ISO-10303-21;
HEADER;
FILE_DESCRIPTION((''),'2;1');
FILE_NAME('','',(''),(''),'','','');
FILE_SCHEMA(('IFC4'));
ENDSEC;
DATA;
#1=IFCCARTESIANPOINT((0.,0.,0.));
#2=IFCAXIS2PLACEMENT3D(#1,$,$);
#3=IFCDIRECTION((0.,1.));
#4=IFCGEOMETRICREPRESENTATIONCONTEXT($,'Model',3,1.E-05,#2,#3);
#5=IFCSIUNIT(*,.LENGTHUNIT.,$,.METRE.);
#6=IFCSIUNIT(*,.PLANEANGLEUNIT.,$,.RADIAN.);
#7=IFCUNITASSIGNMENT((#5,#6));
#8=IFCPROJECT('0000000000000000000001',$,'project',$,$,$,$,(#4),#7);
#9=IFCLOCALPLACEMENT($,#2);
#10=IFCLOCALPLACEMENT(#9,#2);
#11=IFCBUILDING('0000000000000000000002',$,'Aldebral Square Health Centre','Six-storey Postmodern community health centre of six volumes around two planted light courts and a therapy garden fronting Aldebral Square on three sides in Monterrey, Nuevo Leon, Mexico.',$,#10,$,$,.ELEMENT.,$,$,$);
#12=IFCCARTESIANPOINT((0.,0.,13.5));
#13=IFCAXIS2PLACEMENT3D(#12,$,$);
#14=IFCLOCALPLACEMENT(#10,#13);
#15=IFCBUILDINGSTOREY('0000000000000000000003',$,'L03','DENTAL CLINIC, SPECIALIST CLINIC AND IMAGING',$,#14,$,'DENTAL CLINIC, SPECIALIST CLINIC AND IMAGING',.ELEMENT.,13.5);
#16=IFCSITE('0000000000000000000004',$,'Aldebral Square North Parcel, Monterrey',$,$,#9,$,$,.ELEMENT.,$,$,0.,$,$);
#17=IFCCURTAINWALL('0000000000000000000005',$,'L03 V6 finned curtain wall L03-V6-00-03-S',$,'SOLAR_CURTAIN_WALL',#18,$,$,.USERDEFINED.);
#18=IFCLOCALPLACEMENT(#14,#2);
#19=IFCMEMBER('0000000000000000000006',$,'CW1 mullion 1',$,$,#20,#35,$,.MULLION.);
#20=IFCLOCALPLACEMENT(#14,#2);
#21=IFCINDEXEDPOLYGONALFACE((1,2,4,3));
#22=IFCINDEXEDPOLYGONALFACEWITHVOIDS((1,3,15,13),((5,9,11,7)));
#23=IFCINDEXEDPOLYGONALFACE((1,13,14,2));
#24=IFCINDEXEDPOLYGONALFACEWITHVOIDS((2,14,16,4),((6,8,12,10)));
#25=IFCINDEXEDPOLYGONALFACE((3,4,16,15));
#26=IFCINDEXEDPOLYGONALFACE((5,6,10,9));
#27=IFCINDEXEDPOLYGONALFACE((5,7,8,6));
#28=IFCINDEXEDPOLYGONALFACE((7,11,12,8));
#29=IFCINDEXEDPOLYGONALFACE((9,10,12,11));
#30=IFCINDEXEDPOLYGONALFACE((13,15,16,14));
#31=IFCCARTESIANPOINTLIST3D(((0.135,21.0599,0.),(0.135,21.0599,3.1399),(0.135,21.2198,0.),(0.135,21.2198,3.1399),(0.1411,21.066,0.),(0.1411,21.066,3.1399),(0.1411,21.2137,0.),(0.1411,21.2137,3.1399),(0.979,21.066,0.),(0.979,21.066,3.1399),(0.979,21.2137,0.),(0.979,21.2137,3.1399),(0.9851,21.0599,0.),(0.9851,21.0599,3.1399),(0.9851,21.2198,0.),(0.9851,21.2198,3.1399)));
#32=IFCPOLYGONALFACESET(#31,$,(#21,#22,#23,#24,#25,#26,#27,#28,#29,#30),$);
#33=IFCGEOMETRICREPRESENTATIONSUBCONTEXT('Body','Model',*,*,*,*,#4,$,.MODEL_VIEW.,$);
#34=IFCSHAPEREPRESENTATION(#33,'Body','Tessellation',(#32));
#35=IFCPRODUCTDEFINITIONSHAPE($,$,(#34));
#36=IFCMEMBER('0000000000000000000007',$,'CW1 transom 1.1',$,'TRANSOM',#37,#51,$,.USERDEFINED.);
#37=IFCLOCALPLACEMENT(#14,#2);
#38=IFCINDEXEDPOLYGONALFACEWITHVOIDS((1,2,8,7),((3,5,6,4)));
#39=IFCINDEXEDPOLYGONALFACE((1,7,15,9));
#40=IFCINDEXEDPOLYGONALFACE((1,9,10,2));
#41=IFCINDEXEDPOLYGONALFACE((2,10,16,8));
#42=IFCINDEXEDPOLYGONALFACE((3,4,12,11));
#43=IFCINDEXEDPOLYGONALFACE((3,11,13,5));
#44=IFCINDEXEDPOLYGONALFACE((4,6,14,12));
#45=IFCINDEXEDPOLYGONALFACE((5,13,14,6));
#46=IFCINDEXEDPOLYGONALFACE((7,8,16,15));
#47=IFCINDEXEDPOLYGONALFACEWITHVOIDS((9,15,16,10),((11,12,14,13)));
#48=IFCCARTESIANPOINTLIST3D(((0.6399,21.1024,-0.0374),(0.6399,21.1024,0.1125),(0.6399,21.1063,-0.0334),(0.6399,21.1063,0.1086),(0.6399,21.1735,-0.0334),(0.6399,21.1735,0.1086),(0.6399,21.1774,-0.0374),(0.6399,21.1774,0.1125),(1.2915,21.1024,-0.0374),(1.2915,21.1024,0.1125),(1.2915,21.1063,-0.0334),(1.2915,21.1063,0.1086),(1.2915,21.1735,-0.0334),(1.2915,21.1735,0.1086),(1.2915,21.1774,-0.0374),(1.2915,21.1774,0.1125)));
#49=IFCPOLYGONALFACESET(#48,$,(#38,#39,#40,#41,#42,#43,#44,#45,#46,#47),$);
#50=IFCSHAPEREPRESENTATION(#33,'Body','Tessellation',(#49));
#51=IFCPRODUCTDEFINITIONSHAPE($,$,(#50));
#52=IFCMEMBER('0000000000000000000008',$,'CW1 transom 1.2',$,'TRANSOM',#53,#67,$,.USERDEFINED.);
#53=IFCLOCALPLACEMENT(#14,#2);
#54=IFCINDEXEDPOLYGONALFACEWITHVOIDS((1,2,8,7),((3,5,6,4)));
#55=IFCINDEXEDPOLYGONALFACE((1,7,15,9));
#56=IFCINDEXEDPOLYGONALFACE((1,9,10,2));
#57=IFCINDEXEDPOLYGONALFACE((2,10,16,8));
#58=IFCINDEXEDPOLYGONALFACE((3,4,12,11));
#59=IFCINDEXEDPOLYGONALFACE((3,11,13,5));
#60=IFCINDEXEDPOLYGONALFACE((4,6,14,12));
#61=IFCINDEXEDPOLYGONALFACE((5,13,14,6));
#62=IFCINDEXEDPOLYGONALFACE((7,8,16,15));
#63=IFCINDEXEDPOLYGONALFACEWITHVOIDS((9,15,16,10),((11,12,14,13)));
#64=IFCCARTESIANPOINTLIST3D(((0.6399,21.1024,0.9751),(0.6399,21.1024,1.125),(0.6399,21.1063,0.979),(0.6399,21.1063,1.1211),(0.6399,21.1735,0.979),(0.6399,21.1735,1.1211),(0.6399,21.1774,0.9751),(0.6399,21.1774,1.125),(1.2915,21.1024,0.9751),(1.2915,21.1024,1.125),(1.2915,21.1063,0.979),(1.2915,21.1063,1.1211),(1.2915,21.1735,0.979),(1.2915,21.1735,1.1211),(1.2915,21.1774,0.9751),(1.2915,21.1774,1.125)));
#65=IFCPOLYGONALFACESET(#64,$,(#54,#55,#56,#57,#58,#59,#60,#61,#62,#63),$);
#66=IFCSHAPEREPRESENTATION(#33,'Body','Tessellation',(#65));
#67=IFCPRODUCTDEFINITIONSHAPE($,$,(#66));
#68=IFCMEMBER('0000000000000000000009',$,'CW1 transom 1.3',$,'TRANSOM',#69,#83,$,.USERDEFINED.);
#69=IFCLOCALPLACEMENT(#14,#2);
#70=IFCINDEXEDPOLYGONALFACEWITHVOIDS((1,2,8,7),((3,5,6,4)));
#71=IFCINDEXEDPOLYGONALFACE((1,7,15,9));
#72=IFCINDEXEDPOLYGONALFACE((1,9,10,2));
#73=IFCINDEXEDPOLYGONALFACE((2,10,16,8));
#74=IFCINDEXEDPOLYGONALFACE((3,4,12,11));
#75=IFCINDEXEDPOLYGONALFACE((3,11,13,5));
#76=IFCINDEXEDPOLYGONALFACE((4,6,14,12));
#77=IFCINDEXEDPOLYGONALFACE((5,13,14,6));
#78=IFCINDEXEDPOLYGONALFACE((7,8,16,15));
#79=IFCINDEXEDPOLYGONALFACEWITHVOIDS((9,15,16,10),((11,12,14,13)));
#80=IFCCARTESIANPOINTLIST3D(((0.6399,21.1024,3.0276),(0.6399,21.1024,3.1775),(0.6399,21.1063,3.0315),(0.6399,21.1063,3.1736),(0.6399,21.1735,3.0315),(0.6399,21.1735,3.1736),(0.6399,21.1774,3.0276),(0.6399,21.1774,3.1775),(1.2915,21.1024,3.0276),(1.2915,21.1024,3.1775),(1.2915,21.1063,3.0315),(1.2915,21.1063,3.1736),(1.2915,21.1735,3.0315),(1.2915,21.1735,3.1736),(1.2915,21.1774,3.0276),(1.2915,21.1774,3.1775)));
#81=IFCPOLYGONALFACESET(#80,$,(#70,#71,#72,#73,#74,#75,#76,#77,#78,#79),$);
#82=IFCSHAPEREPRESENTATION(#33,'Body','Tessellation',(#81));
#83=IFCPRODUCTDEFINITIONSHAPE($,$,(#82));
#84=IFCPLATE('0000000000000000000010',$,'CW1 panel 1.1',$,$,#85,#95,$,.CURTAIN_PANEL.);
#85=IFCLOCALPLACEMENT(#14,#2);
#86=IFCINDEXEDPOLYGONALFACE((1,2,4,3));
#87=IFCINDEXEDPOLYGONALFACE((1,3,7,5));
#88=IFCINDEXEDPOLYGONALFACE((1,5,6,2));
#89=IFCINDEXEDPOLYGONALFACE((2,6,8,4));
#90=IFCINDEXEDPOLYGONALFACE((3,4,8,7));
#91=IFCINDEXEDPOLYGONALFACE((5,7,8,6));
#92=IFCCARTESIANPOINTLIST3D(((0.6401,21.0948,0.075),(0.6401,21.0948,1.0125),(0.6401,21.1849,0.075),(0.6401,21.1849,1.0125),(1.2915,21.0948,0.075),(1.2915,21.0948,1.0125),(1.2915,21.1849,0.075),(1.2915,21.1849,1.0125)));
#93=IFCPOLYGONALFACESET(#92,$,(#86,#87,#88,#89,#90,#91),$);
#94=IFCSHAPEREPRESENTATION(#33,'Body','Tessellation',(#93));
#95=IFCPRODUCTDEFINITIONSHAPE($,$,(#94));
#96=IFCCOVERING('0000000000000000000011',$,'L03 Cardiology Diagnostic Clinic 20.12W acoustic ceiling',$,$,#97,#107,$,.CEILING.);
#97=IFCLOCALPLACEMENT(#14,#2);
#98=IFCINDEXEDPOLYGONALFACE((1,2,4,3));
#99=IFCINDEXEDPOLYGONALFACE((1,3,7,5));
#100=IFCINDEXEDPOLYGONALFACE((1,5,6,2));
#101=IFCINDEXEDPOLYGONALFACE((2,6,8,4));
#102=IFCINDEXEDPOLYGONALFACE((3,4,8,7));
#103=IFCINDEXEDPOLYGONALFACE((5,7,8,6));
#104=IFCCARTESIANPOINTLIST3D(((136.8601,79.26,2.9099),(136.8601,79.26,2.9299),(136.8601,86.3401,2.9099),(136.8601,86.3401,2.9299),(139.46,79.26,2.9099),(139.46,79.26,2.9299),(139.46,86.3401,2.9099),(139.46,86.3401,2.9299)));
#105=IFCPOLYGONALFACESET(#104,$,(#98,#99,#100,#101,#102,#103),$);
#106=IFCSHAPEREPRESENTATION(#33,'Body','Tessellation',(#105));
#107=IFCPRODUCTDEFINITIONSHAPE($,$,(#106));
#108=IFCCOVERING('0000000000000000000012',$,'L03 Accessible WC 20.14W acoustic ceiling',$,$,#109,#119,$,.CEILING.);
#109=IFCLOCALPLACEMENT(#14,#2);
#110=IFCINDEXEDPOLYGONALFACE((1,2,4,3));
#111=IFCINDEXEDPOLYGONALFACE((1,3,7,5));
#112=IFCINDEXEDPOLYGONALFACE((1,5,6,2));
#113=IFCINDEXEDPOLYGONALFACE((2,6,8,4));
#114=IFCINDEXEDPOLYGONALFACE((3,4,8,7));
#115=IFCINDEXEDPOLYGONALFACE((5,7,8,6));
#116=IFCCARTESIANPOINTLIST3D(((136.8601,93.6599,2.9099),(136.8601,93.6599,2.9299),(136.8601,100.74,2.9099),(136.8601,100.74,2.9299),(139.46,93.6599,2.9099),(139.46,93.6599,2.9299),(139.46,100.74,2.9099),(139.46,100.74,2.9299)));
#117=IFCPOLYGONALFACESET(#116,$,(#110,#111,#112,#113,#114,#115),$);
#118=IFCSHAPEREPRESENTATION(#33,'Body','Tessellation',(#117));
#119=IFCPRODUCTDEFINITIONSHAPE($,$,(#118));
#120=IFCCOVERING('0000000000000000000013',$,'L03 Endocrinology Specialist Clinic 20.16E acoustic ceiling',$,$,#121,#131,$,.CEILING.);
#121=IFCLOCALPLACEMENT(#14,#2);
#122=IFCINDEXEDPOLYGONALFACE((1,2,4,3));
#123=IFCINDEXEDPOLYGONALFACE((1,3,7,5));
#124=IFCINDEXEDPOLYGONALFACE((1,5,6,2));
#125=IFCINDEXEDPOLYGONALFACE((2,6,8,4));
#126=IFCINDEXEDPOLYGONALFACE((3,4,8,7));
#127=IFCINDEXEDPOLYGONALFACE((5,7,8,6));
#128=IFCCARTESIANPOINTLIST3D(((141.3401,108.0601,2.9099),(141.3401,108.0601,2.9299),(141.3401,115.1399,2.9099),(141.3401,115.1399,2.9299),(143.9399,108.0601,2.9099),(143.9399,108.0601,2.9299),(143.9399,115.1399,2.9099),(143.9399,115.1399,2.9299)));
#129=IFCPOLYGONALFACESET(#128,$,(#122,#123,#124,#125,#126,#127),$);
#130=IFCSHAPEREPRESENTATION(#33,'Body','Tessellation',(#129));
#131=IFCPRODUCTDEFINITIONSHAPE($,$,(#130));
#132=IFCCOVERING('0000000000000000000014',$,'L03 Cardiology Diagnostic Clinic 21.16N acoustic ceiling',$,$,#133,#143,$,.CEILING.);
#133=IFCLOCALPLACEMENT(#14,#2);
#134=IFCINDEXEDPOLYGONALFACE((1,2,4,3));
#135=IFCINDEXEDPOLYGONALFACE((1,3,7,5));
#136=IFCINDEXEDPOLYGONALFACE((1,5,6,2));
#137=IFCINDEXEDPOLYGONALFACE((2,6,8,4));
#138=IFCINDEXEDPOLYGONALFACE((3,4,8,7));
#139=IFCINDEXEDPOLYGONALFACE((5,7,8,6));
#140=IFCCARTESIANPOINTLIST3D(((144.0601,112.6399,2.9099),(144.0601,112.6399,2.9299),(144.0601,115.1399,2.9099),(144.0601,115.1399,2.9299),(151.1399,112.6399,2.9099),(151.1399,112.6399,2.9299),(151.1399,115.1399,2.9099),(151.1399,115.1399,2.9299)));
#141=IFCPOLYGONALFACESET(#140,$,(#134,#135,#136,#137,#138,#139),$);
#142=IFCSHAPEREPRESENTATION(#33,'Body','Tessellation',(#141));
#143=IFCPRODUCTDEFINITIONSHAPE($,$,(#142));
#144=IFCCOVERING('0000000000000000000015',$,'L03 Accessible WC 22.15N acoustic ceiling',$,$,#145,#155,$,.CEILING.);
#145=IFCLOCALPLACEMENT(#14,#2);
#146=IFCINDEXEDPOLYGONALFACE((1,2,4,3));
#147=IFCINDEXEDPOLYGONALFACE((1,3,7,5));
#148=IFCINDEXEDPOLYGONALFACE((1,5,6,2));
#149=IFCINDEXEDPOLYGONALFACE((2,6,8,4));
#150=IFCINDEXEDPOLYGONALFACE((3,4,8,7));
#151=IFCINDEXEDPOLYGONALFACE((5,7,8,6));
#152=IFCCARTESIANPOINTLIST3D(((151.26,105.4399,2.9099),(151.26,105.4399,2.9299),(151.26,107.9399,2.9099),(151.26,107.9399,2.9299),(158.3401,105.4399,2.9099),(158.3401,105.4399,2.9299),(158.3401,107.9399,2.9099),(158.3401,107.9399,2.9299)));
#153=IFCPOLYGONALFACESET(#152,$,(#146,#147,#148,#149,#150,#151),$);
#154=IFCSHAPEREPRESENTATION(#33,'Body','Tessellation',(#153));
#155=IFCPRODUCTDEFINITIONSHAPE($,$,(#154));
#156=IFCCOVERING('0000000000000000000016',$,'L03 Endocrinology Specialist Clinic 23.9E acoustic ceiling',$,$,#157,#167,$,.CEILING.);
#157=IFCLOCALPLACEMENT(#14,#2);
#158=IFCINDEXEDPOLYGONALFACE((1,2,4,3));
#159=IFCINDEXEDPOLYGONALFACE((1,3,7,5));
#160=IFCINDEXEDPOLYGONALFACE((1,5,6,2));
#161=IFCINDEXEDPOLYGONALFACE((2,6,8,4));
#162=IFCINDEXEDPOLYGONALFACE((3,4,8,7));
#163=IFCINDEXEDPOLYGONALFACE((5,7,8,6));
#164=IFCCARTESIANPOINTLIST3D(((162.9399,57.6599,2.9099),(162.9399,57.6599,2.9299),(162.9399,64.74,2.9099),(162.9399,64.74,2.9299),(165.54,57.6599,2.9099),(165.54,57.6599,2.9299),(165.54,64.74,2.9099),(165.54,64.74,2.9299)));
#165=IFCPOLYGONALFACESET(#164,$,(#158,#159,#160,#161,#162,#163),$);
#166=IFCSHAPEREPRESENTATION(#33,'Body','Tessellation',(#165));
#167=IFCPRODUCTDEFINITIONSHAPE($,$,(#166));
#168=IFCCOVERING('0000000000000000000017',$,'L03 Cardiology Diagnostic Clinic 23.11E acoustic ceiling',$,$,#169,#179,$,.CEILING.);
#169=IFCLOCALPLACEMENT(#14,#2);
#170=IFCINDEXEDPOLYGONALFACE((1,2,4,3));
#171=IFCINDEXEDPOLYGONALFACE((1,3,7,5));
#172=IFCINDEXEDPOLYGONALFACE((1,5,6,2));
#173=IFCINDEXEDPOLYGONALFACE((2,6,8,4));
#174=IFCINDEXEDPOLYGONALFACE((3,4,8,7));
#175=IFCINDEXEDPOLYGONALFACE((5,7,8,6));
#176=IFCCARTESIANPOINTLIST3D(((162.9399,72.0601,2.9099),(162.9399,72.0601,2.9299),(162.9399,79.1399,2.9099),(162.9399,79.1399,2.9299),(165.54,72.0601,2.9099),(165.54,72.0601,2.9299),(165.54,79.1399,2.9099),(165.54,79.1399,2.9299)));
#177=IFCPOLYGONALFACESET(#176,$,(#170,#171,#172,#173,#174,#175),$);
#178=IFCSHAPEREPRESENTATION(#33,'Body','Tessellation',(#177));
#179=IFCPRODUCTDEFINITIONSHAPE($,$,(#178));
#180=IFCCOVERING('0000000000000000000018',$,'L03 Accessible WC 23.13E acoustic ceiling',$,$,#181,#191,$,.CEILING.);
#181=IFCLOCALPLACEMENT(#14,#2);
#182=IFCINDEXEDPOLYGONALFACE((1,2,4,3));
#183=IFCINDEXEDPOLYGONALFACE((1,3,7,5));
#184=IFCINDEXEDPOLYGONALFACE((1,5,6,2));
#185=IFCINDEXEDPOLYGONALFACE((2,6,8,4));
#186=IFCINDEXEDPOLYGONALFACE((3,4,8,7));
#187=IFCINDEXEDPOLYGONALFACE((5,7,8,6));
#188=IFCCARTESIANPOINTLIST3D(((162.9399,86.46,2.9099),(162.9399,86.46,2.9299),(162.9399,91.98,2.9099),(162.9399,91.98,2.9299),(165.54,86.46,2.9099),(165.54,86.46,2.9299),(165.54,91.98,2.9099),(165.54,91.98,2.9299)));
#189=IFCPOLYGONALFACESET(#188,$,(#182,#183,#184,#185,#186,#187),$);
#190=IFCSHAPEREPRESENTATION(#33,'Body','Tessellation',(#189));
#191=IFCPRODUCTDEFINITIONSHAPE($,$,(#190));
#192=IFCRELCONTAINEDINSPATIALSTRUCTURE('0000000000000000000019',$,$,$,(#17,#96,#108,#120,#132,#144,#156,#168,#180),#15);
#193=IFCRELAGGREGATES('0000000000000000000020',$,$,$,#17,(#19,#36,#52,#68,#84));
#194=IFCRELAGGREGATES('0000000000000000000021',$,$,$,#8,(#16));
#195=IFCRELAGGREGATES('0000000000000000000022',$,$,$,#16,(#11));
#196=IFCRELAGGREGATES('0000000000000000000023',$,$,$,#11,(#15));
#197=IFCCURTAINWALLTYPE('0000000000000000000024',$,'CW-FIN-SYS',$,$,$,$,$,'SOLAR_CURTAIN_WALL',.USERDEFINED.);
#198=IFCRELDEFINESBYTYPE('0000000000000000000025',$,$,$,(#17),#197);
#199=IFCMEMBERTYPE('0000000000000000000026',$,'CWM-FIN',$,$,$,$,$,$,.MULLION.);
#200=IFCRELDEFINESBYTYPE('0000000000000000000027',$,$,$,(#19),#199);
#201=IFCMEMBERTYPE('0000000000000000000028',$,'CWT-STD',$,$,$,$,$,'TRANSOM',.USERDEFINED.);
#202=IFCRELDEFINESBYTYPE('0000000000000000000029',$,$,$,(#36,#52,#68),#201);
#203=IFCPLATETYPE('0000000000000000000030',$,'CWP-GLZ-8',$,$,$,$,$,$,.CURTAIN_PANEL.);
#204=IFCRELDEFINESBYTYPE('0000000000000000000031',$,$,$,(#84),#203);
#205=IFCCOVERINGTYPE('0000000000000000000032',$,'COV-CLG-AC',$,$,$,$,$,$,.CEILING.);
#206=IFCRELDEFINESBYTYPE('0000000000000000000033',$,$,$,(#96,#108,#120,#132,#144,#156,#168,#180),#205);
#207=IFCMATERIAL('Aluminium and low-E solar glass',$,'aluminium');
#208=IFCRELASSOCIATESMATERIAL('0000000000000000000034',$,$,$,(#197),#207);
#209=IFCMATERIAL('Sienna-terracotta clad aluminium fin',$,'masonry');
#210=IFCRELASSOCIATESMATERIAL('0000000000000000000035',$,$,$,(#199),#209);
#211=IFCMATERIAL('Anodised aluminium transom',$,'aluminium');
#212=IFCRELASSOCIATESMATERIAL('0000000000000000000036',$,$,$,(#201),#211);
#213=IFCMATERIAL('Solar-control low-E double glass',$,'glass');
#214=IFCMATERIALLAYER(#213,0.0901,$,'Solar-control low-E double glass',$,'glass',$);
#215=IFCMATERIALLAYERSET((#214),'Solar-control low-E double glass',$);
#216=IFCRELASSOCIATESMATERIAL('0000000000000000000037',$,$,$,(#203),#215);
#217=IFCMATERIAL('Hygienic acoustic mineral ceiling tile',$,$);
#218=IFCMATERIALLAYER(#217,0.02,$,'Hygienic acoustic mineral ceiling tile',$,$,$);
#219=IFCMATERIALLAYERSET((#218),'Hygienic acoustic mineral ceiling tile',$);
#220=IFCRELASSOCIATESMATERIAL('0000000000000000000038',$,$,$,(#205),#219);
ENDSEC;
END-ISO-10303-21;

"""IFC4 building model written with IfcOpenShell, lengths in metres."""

from ifc_helpers import new_model, si_unit, direction, frame, origin, origin_2d, place, context, subcontext, project, spatial, polyline, rectangle, hollow_rectangle, outline, extrude, material, layer, layer_set, material_profile, profile_set, type_object, element, aggregate, save


model = new_model("IFC4")

# Units and contexts
model_context = context("Model", 3, precision=1e-05, world=origin(), true_north=direction((0.0, 1.0)))
body_context = subcontext(model_context, "Body", "Model", "MODEL_VIEW")
ifc_project = project(units=[si_unit("LENGTHUNIT", "METRE"), si_unit("PLANEANGLEUNIT", "RADIAN")], contexts=[model_context])

# Site, building, storey
site_placement = place(None, origin())
site = spatial("IfcSite", under=ifc_project, at=site_placement, Name="Aldebral Square North Parcel, Monterrey", CompositionType="ELEMENT", RefElevation=0.0)
building_placement = place(site_placement, origin())
building = spatial("IfcBuilding", under=site, at=building_placement, Name="Aldebral Square Health Centre", Description="Six-storey Postmodern community health centre of six volumes around two planted light courts and a therapy garden fronting Aldebral Square on three sides in Monterrey, Nuevo Leon, Mexico.", CompositionType="ELEMENT")
storey_placement = place(building_placement, frame((0.0, 0.0, 13.5)))
storey = spatial("IfcBuildingStorey", under=building, at=storey_placement, Name="L03", Description="DENTAL CLINIC, SPECIALIST CLINIC AND IMAGING", LongName="DENTAL CLINIC, SPECIALIST CLINIC AND IMAGING", CompositionType="ELEMENT", Elevation=13.5)

# Curtain wall, members, plate
ifc_material_1 = material(Name="Aluminium and low-E solar glass", Category="aluminium")
curtain_wall_type = type_object("IfcCurtainWallType", Name="CW-FIN-SYS", ElementType="SOLAR_CURTAIN_WALL", PredefinedType="USERDEFINED", material=ifc_material_1)
curtain_wall_placement = place(storey_placement, origin())
curtain_wall = element("IfcCurtainWall", 1, at=curtain_wall_placement, inside=storey, type_object=curtain_wall_type, Name="L03 V6 finned curtain wall L03-V6-00-03-S", ObjectType="SOLAR_CURTAIN_WALL", PredefinedType="USERDEFINED")
ifc_material_2 = material(Name="Sienna-terracotta clad aluminium fin", Category="masonry")
ifc_material_profile_1 = material_profile(ifc_material_2, hollow_rectangle(XDim=0.1599, YDim=0.8501, WallThickness=0.0061, at=origin_2d()), Name="FIN 160x850x6")
ifc_profile_set_1 = profile_set([ifc_material_profile_1], Name="Sienna-terracotta clad aluminium fin")
member_type_1 = type_object("IfcMemberType", Name="CWM-FIN", PredefinedType="MULLION", material=ifc_profile_set_1)
member_1_placement = place(storey_placement, frame((0.5601, 21.1399, 0.0), z_axis=(0.0, 0.0, 1.0), x_axis=(0.0, 1.0, 0.0)))
member_1 = element("IfcMember", 2, at=member_1_placement, type_object=member_type_1, Name="CW1 mullion 1", PredefinedType="MULLION", context=body_context, shape_type="SweptSolid", body=[
    extrude(hollow_rectangle(XDim=0.1599, YDim=0.8501, WallThickness=0.0061, at=origin_2d()), origin(), (0.0, 0.0, 1.0), 3.1399),
])
ifc_material_3 = material(Name="Anodised aluminium transom", Category="aluminium")
ifc_material_profile_2 = material_profile(ifc_material_3, hollow_rectangle(XDim=0.075, YDim=0.1499, WallThickness=0.0039, at=origin_2d()), Name="CWT 75x150x4")
ifc_profile_set_2 = profile_set([ifc_material_profile_2], Name="Anodised aluminium transom")
member_type_2 = type_object("IfcMemberType", Name="CWT-STD", ElementType="TRANSOM", PredefinedType="USERDEFINED", material=ifc_profile_set_2)
member_2_placement = place(storey_placement, frame((0.6399, 21.1399, 0.0376), z_axis=(1.0, 0.0, 0.0), x_axis=(0.0, 1.0, 0.0)))
member_2 = element("IfcMember", 3, at=member_2_placement, type_object=member_type_2, Name="CW1 transom 1.1", ObjectType="TRANSOM", PredefinedType="USERDEFINED", context=body_context, shape_type="SweptSolid", body=[
    extrude(hollow_rectangle(XDim=0.075, YDim=0.1499, WallThickness=0.0039, at=origin_2d()), origin(), (0.0, 0.0, 1.0), 0.6516),
])
member_3_placement = place(storey_placement, frame((0.6399, 21.1399, 1.05), z_axis=(1.0, 0.0, 0.0), x_axis=(0.0, 1.0, 0.0)))
member_3 = element("IfcMember", 4, at=member_3_placement, type_object=member_type_2, Name="CW1 transom 1.2", ObjectType="TRANSOM", PredefinedType="USERDEFINED", context=body_context, shape_type="SweptSolid", body=[
    extrude(hollow_rectangle(XDim=0.075, YDim=0.1499, WallThickness=0.0039, at=origin_2d()), origin(), (0.0, 0.0, 1.0), 0.6516),
])
member_4_placement = place(storey_placement, frame((0.6399, 21.1399, 3.1025), z_axis=(1.0, 0.0, 0.0), x_axis=(0.0, 1.0, 0.0)))
member_4 = element("IfcMember", 5, at=member_4_placement, type_object=member_type_2, Name="CW1 transom 1.3", ObjectType="TRANSOM", PredefinedType="USERDEFINED", context=body_context, shape_type="SweptSolid", body=[
    extrude(hollow_rectangle(XDim=0.075, YDim=0.1499, WallThickness=0.0039, at=origin_2d()), origin(), (0.0, 0.0, 1.0), 0.6516),
])
ifc_material_4 = material(Name="Solar-control low-E double glass", Category="glass")
ifc_layer_1 = layer(ifc_material_4, 0.0901, Name="Solar-control low-E double glass", Category="glass")
ifc_layer_set_1 = layer_set([ifc_layer_1], Name="Solar-control low-E double glass")
plate_type = type_object("IfcPlateType", Name="CWP-GLZ-8", PredefinedType="CURTAIN_PANEL", material=ifc_layer_set_1)
plate_placement = place(storey_placement, frame((0.9658, 21.1399, 0.075), z_axis=(0.0, 0.0, 1.0), x_axis=(1.0, 0.0, 0.0)))
plate = element("IfcPlate", 6, at=plate_placement, type_object=plate_type, Name="CW1 panel 1.1", PredefinedType="CURTAIN_PANEL", context=body_context, shape_type="SweptSolid", body=[
    extrude(rectangle(XDim=0.6514, YDim=0.0901, at=origin_2d()), origin(), (0.0, 0.0, 1.0), 0.9375),
])
aggregate(curtain_wall, [member_1, member_2, member_3, member_4, plate])

# Coverings
ifc_material_5 = material(Name="Hygienic acoustic mineral ceiling tile")
ifc_layer_2 = layer(ifc_material_5, 0.02, Name="Hygienic acoustic mineral ceiling tile")
ifc_layer_set_2 = layer_set([ifc_layer_2], Name="Hygienic acoustic mineral ceiling tile")
covering_type_1 = type_object("IfcCoveringType", Name="COV-CLG-AC", PredefinedType="CEILING", material=ifc_layer_set_2)
covering_1_placement = place(storey_placement, frame((0.0, 0.0, 2.9099)))
element("IfcCovering", 7, at=covering_1_placement, inside=storey, type_object=covering_type_1, Name="L03 Cardiology Diagnostic Clinic 20.12W acoustic ceiling", PredefinedType="CEILING", context=body_context, shape_type="SweptSolid", body=[
    extrude(outline(polyline([(136.8601, 79.26), (139.46, 79.26), (139.46, 86.3401), (136.8601, 86.3401), (136.8601, 79.26)])), origin(), (0.0, 0.0, 1.0), 0.02),
])
covering_2_placement = place(storey_placement, frame((0.0, 0.0, 2.9099)))
element("IfcCovering", 8, at=covering_2_placement, inside=storey, type_object=covering_type_1, Name="L03 Accessible WC 20.14W acoustic ceiling", PredefinedType="CEILING", context=body_context, shape_type="SweptSolid", body=[
    extrude(outline(polyline([(136.8601, 93.6599), (139.46, 93.6599), (139.46, 100.74), (136.8601, 100.74), (136.8601, 93.6599)])), origin(), (0.0, 0.0, 1.0), 0.02),
])
covering_3_placement = place(storey_placement, frame((0.0, 0.0, 2.9099)))
element("IfcCovering", 9, at=covering_3_placement, inside=storey, type_object=covering_type_1, Name="L03 Endocrinology Specialist Clinic 20.16E acoustic ceiling", PredefinedType="CEILING", context=body_context, shape_type="SweptSolid", body=[
    extrude(outline(polyline([(141.3401, 108.0601), (143.9399, 108.0601), (143.9399, 115.1399), (141.3401, 115.1399), (141.3401, 108.0601)])), origin(), (0.0, 0.0, 1.0), 0.02),
])
covering_4_placement = place(storey_placement, frame((0.0, 0.0, 2.9099)))
element("IfcCovering", 10, at=covering_4_placement, inside=storey, type_object=covering_type_1, Name="L03 Cardiology Diagnostic Clinic 21.16N acoustic ceiling", PredefinedType="CEILING", context=body_context, shape_type="SweptSolid", body=[
    extrude(outline(polyline([(144.0601, 112.6399), (151.1399, 112.6399), (151.1399, 115.1399), (144.0601, 115.1399), (144.0601, 112.6399)])), origin(), (0.0, 0.0, 1.0), 0.02),
])
covering_5_placement = place(storey_placement, frame((0.0, 0.0, 2.9099)))
element("IfcCovering", 11, at=covering_5_placement, inside=storey, type_object=covering_type_1, Name="L03 Accessible WC 22.15N acoustic ceiling", PredefinedType="CEILING", context=body_context, shape_type="SweptSolid", body=[
    extrude(outline(polyline([(151.26, 105.4399), (158.3401, 105.4399), (158.3401, 107.9399), (151.26, 107.9399), (151.26, 105.4399)])), origin(), (0.0, 0.0, 1.0), 0.02),
])
covering_6_placement = place(storey_placement, frame((0.0, 0.0, 2.9099)))
element("IfcCovering", 12, at=covering_6_placement, inside=storey, type_object=covering_type_1, Name="L03 Endocrinology Specialist Clinic 23.9E acoustic ceiling", PredefinedType="CEILING", context=body_context, shape_type="SweptSolid", body=[
    extrude(outline(polyline([(162.9399, 57.6599), (165.54, 57.6599), (165.54, 64.74), (162.9399, 64.74), (162.9399, 57.6599)])), origin(), (0.0, 0.0, 1.0), 0.02),
])
covering_7_placement = place(storey_placement, frame((0.0, 0.0, 2.9099)))
element("IfcCovering", 13, at=covering_7_placement, inside=storey, type_object=covering_type_1, Name="L03 Cardiology Diagnostic Clinic 23.11E acoustic ceiling", PredefinedType="CEILING", context=body_context, shape_type="SweptSolid", body=[
    extrude(outline(polyline([(162.9399, 72.0601), (165.54, 72.0601), (165.54, 79.1399), (162.9399, 79.1399), (162.9399, 72.0601)])), origin(), (0.0, 0.0, 1.0), 0.02),
])
covering_8_placement = place(storey_placement, frame((0.0, 0.0, 2.9099)))
element("IfcCovering", 14, at=covering_8_placement, inside=storey, type_object=covering_type_1, Name="L03 Accessible WC 23.13E acoustic ceiling", PredefinedType="CEILING", context=body_context, shape_type="SweptSolid", body=[
    extrude(outline(polyline([(162.9399, 86.46), (165.54, 86.46), (165.54, 91.98), (162.9399, 91.98), (162.9399, 86.46)])), origin(), (0.0, 0.0, 1.0), 0.02),
])

save(model, "model.ifc")
